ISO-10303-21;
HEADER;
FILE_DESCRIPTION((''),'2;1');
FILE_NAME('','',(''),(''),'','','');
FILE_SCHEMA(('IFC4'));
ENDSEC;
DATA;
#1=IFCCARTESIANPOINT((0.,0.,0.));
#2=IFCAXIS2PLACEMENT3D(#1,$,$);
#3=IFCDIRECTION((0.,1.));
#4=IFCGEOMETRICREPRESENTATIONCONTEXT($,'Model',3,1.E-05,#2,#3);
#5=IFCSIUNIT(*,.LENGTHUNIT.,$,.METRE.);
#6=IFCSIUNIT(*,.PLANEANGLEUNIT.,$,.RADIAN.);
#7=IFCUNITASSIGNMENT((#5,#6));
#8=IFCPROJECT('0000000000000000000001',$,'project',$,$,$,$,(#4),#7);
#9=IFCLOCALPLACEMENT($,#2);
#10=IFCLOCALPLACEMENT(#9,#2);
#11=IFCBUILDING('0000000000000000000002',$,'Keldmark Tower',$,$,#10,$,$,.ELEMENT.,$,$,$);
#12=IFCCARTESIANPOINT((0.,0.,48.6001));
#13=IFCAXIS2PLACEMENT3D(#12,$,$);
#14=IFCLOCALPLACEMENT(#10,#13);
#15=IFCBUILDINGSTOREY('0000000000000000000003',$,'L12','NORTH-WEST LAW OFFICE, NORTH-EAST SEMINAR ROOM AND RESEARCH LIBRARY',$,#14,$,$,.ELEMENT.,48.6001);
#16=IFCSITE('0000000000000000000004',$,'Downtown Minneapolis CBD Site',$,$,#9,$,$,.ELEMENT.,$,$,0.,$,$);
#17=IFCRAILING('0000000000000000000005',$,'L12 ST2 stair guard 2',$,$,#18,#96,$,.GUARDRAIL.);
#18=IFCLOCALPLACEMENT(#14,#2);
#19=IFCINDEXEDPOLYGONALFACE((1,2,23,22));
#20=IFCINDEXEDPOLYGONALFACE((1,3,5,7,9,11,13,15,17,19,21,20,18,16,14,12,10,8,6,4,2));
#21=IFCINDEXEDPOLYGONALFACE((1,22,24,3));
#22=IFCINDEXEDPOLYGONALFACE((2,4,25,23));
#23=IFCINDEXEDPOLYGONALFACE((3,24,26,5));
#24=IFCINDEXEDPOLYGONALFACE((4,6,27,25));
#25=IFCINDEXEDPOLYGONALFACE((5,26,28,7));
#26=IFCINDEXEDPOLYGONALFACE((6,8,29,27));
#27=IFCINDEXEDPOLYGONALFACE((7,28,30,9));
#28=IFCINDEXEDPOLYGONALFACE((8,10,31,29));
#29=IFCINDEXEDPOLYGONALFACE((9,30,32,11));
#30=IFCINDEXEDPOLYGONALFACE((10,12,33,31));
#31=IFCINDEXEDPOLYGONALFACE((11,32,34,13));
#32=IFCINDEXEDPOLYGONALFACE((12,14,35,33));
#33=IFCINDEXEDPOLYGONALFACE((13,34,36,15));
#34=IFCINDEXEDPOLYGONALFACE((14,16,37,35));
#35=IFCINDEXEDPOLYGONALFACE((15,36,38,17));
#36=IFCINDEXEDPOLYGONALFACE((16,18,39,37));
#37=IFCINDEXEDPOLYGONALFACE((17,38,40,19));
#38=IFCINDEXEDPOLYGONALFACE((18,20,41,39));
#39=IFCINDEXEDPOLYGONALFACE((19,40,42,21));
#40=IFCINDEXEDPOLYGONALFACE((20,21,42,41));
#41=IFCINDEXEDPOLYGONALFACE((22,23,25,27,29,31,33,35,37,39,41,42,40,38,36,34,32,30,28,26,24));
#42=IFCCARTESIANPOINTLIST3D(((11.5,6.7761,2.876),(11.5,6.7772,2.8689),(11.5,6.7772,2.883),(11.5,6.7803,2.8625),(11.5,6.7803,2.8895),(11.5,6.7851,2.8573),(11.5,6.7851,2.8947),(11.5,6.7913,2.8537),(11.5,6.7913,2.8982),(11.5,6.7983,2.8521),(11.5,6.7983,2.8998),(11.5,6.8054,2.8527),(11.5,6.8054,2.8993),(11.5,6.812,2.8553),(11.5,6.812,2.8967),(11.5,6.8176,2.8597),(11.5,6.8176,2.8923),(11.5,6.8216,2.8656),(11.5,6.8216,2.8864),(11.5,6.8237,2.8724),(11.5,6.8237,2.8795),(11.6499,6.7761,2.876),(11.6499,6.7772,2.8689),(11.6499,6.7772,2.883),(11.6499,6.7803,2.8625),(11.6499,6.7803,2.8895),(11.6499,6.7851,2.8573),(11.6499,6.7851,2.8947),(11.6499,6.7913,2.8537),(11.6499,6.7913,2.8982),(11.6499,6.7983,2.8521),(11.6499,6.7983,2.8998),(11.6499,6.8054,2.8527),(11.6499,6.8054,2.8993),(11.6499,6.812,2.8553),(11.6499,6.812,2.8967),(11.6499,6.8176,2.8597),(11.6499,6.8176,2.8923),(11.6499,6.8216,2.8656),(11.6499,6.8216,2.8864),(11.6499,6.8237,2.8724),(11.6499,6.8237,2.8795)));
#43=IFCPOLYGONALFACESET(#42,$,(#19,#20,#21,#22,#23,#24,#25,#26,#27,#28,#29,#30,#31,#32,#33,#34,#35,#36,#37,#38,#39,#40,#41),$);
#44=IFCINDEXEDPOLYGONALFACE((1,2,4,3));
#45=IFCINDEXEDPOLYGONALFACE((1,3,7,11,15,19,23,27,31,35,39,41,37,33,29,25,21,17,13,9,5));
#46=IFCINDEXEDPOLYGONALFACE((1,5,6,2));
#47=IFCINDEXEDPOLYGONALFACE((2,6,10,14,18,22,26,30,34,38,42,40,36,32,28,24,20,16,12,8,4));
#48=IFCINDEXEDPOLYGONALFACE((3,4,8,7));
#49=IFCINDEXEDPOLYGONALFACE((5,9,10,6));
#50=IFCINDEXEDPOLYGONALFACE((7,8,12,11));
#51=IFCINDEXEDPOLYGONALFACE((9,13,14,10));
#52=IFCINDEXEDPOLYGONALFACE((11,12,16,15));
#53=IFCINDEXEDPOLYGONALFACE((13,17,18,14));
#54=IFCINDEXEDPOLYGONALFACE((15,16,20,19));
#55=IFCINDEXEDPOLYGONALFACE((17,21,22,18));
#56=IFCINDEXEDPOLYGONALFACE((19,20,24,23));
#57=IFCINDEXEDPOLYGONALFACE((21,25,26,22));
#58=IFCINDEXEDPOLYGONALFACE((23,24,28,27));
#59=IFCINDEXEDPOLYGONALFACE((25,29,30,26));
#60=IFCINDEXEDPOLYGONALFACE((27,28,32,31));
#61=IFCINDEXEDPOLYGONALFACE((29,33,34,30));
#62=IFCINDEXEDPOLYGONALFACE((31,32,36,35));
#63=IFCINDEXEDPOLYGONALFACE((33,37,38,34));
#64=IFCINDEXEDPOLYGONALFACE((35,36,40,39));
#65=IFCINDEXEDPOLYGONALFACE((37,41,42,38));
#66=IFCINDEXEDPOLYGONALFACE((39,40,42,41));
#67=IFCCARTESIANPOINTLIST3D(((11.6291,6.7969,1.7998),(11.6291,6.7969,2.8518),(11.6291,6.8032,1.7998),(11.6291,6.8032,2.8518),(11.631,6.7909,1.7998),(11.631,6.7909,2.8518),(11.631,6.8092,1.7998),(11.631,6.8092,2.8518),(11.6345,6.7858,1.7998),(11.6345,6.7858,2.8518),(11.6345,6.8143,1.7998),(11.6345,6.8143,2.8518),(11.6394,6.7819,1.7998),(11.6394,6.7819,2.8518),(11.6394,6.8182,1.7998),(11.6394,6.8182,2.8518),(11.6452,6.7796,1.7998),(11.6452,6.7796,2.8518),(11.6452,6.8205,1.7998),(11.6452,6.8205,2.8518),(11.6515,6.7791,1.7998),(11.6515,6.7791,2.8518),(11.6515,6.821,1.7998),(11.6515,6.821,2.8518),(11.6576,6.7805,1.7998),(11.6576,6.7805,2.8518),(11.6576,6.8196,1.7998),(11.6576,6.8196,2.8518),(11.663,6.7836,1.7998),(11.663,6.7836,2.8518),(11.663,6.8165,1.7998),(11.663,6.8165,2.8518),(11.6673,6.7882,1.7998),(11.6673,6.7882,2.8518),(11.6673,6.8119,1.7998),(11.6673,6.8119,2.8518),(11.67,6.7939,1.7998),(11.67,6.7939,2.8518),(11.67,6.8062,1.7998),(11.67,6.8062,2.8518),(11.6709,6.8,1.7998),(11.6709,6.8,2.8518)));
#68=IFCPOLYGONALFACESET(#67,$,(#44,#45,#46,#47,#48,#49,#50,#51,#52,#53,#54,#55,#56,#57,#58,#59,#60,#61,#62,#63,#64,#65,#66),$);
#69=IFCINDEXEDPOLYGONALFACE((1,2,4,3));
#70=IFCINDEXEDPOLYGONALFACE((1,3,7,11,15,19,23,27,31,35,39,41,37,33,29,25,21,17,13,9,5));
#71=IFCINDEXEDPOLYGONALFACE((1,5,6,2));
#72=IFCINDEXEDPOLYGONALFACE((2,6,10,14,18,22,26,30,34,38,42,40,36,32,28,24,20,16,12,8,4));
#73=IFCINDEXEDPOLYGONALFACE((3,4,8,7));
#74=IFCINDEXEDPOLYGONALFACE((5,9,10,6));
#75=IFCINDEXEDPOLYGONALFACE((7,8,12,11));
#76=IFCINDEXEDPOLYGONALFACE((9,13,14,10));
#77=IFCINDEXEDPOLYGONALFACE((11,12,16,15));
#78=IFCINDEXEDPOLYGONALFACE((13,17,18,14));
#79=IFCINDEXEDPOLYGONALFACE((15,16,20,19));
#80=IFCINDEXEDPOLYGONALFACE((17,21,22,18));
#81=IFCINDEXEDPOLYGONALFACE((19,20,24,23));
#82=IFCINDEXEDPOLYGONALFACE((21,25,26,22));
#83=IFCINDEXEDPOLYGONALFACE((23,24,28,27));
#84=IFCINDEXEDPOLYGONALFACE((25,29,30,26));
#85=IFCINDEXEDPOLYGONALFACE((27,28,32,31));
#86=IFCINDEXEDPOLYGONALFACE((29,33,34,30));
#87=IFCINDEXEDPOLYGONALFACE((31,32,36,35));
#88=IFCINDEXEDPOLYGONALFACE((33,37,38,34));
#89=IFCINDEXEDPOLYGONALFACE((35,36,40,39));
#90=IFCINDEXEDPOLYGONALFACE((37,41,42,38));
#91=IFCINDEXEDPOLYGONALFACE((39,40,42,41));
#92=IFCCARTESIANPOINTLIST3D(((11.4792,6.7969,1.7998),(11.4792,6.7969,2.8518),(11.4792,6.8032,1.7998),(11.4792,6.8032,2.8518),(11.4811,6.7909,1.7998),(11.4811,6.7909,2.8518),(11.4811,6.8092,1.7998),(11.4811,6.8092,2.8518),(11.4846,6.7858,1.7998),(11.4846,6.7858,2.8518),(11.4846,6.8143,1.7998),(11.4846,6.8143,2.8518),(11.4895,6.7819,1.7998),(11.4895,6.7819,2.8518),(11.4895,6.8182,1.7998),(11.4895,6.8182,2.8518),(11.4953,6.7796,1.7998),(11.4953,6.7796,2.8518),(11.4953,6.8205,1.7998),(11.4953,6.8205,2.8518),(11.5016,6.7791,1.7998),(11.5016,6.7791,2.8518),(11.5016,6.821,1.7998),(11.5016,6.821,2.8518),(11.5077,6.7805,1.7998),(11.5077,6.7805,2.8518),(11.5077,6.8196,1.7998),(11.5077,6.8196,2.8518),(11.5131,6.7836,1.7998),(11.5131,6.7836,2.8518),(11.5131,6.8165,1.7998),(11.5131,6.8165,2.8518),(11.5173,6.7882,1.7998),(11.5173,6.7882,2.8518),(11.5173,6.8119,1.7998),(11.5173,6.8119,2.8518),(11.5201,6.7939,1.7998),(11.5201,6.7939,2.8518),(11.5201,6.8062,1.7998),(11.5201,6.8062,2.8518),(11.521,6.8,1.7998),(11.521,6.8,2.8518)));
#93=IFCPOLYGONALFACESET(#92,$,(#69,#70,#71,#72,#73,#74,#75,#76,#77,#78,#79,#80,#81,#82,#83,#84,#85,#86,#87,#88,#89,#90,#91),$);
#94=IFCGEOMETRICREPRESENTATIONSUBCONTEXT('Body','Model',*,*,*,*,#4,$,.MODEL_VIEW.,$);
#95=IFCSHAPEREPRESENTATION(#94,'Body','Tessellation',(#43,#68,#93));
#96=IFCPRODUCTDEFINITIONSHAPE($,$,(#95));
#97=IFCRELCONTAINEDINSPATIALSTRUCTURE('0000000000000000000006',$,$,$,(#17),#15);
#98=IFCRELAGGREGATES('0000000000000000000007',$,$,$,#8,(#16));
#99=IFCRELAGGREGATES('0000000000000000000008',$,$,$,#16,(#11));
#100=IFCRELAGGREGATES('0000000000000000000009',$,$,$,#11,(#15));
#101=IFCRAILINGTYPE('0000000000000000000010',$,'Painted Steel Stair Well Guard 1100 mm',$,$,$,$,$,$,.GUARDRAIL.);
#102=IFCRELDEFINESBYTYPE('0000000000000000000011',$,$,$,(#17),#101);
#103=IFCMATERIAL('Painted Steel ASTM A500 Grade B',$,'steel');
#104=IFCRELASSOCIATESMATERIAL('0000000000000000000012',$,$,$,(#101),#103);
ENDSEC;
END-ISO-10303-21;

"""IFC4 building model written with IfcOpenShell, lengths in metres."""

from ifc_helpers import new_model, si_unit, direction, frame, origin, origin_2d, place, context, subcontext, project, spatial, circle, extrude, material, type_object, element, save


model = new_model("IFC4")

# Units and contexts
model_context = context("Model", 3, precision=1e-05, world=origin(), true_north=direction((0.0, 1.0)))
body_context = subcontext(model_context, "Body", "Model", "MODEL_VIEW")
ifc_project = project(units=[si_unit("LENGTHUNIT", "METRE"), si_unit("PLANEANGLEUNIT", "RADIAN")], contexts=[model_context])

# Site, building, storey
site_placement = place(None, origin())
site = spatial("IfcSite", under=ifc_project, at=site_placement, Name="Downtown Minneapolis CBD Site", CompositionType="ELEMENT", RefElevation=0.0)
building_placement = place(site_placement, origin())
building = spatial("IfcBuilding", under=site, at=building_placement, Name="Keldmark Tower", CompositionType="ELEMENT")
storey_placement = place(building_placement, frame((0.0, 0.0, 48.6001)))
storey = spatial("IfcBuildingStorey", under=building, at=storey_placement, Name="L12", Description="NORTH-WEST LAW OFFICE, NORTH-EAST SEMINAR ROOM AND RESEARCH LIBRARY", CompositionType="ELEMENT", Elevation=48.6001)

# Railing
ifc_material_1 = material(Name="Painted Steel ASTM A500 Grade B", Category="steel")
railing_type_1 = type_object("IfcRailingType", Name="Painted Steel Stair Well Guard 1100 mm", PredefinedType="GUARDRAIL", material=ifc_material_1)
railing_1_placement = place(storey_placement, frame((11.6499, 6.8, 1.7998)))
element("IfcRailing", 1, at=railing_1_placement, inside=storey, type_object=railing_type_1, Name="L12 ST2 stair guard 2", PredefinedType="GUARDRAIL", context=body_context, shape_type="SweptSolid", body=[
    extrude(circle(Radius=0.0239, at=origin_2d()), frame((0.0, 0.0, 1.0762), z_axis=(-1.0, 0.0, 0.0), x_axis=(0.0, -1.0, 0.0)), (0.0, 0.0, 1.0), 0.1499),
    extrude(circle(Radius=0.021, at=origin_2d()), origin(), (0.0, 0.0, 1.0), 1.052),
    extrude(circle(Radius=0.021, at=origin_2d()), frame((-0.1499, 0.0, 0.0)), (0.0, 0.0, 1.0), 1.052),
])

save(model, "model.ifc")
